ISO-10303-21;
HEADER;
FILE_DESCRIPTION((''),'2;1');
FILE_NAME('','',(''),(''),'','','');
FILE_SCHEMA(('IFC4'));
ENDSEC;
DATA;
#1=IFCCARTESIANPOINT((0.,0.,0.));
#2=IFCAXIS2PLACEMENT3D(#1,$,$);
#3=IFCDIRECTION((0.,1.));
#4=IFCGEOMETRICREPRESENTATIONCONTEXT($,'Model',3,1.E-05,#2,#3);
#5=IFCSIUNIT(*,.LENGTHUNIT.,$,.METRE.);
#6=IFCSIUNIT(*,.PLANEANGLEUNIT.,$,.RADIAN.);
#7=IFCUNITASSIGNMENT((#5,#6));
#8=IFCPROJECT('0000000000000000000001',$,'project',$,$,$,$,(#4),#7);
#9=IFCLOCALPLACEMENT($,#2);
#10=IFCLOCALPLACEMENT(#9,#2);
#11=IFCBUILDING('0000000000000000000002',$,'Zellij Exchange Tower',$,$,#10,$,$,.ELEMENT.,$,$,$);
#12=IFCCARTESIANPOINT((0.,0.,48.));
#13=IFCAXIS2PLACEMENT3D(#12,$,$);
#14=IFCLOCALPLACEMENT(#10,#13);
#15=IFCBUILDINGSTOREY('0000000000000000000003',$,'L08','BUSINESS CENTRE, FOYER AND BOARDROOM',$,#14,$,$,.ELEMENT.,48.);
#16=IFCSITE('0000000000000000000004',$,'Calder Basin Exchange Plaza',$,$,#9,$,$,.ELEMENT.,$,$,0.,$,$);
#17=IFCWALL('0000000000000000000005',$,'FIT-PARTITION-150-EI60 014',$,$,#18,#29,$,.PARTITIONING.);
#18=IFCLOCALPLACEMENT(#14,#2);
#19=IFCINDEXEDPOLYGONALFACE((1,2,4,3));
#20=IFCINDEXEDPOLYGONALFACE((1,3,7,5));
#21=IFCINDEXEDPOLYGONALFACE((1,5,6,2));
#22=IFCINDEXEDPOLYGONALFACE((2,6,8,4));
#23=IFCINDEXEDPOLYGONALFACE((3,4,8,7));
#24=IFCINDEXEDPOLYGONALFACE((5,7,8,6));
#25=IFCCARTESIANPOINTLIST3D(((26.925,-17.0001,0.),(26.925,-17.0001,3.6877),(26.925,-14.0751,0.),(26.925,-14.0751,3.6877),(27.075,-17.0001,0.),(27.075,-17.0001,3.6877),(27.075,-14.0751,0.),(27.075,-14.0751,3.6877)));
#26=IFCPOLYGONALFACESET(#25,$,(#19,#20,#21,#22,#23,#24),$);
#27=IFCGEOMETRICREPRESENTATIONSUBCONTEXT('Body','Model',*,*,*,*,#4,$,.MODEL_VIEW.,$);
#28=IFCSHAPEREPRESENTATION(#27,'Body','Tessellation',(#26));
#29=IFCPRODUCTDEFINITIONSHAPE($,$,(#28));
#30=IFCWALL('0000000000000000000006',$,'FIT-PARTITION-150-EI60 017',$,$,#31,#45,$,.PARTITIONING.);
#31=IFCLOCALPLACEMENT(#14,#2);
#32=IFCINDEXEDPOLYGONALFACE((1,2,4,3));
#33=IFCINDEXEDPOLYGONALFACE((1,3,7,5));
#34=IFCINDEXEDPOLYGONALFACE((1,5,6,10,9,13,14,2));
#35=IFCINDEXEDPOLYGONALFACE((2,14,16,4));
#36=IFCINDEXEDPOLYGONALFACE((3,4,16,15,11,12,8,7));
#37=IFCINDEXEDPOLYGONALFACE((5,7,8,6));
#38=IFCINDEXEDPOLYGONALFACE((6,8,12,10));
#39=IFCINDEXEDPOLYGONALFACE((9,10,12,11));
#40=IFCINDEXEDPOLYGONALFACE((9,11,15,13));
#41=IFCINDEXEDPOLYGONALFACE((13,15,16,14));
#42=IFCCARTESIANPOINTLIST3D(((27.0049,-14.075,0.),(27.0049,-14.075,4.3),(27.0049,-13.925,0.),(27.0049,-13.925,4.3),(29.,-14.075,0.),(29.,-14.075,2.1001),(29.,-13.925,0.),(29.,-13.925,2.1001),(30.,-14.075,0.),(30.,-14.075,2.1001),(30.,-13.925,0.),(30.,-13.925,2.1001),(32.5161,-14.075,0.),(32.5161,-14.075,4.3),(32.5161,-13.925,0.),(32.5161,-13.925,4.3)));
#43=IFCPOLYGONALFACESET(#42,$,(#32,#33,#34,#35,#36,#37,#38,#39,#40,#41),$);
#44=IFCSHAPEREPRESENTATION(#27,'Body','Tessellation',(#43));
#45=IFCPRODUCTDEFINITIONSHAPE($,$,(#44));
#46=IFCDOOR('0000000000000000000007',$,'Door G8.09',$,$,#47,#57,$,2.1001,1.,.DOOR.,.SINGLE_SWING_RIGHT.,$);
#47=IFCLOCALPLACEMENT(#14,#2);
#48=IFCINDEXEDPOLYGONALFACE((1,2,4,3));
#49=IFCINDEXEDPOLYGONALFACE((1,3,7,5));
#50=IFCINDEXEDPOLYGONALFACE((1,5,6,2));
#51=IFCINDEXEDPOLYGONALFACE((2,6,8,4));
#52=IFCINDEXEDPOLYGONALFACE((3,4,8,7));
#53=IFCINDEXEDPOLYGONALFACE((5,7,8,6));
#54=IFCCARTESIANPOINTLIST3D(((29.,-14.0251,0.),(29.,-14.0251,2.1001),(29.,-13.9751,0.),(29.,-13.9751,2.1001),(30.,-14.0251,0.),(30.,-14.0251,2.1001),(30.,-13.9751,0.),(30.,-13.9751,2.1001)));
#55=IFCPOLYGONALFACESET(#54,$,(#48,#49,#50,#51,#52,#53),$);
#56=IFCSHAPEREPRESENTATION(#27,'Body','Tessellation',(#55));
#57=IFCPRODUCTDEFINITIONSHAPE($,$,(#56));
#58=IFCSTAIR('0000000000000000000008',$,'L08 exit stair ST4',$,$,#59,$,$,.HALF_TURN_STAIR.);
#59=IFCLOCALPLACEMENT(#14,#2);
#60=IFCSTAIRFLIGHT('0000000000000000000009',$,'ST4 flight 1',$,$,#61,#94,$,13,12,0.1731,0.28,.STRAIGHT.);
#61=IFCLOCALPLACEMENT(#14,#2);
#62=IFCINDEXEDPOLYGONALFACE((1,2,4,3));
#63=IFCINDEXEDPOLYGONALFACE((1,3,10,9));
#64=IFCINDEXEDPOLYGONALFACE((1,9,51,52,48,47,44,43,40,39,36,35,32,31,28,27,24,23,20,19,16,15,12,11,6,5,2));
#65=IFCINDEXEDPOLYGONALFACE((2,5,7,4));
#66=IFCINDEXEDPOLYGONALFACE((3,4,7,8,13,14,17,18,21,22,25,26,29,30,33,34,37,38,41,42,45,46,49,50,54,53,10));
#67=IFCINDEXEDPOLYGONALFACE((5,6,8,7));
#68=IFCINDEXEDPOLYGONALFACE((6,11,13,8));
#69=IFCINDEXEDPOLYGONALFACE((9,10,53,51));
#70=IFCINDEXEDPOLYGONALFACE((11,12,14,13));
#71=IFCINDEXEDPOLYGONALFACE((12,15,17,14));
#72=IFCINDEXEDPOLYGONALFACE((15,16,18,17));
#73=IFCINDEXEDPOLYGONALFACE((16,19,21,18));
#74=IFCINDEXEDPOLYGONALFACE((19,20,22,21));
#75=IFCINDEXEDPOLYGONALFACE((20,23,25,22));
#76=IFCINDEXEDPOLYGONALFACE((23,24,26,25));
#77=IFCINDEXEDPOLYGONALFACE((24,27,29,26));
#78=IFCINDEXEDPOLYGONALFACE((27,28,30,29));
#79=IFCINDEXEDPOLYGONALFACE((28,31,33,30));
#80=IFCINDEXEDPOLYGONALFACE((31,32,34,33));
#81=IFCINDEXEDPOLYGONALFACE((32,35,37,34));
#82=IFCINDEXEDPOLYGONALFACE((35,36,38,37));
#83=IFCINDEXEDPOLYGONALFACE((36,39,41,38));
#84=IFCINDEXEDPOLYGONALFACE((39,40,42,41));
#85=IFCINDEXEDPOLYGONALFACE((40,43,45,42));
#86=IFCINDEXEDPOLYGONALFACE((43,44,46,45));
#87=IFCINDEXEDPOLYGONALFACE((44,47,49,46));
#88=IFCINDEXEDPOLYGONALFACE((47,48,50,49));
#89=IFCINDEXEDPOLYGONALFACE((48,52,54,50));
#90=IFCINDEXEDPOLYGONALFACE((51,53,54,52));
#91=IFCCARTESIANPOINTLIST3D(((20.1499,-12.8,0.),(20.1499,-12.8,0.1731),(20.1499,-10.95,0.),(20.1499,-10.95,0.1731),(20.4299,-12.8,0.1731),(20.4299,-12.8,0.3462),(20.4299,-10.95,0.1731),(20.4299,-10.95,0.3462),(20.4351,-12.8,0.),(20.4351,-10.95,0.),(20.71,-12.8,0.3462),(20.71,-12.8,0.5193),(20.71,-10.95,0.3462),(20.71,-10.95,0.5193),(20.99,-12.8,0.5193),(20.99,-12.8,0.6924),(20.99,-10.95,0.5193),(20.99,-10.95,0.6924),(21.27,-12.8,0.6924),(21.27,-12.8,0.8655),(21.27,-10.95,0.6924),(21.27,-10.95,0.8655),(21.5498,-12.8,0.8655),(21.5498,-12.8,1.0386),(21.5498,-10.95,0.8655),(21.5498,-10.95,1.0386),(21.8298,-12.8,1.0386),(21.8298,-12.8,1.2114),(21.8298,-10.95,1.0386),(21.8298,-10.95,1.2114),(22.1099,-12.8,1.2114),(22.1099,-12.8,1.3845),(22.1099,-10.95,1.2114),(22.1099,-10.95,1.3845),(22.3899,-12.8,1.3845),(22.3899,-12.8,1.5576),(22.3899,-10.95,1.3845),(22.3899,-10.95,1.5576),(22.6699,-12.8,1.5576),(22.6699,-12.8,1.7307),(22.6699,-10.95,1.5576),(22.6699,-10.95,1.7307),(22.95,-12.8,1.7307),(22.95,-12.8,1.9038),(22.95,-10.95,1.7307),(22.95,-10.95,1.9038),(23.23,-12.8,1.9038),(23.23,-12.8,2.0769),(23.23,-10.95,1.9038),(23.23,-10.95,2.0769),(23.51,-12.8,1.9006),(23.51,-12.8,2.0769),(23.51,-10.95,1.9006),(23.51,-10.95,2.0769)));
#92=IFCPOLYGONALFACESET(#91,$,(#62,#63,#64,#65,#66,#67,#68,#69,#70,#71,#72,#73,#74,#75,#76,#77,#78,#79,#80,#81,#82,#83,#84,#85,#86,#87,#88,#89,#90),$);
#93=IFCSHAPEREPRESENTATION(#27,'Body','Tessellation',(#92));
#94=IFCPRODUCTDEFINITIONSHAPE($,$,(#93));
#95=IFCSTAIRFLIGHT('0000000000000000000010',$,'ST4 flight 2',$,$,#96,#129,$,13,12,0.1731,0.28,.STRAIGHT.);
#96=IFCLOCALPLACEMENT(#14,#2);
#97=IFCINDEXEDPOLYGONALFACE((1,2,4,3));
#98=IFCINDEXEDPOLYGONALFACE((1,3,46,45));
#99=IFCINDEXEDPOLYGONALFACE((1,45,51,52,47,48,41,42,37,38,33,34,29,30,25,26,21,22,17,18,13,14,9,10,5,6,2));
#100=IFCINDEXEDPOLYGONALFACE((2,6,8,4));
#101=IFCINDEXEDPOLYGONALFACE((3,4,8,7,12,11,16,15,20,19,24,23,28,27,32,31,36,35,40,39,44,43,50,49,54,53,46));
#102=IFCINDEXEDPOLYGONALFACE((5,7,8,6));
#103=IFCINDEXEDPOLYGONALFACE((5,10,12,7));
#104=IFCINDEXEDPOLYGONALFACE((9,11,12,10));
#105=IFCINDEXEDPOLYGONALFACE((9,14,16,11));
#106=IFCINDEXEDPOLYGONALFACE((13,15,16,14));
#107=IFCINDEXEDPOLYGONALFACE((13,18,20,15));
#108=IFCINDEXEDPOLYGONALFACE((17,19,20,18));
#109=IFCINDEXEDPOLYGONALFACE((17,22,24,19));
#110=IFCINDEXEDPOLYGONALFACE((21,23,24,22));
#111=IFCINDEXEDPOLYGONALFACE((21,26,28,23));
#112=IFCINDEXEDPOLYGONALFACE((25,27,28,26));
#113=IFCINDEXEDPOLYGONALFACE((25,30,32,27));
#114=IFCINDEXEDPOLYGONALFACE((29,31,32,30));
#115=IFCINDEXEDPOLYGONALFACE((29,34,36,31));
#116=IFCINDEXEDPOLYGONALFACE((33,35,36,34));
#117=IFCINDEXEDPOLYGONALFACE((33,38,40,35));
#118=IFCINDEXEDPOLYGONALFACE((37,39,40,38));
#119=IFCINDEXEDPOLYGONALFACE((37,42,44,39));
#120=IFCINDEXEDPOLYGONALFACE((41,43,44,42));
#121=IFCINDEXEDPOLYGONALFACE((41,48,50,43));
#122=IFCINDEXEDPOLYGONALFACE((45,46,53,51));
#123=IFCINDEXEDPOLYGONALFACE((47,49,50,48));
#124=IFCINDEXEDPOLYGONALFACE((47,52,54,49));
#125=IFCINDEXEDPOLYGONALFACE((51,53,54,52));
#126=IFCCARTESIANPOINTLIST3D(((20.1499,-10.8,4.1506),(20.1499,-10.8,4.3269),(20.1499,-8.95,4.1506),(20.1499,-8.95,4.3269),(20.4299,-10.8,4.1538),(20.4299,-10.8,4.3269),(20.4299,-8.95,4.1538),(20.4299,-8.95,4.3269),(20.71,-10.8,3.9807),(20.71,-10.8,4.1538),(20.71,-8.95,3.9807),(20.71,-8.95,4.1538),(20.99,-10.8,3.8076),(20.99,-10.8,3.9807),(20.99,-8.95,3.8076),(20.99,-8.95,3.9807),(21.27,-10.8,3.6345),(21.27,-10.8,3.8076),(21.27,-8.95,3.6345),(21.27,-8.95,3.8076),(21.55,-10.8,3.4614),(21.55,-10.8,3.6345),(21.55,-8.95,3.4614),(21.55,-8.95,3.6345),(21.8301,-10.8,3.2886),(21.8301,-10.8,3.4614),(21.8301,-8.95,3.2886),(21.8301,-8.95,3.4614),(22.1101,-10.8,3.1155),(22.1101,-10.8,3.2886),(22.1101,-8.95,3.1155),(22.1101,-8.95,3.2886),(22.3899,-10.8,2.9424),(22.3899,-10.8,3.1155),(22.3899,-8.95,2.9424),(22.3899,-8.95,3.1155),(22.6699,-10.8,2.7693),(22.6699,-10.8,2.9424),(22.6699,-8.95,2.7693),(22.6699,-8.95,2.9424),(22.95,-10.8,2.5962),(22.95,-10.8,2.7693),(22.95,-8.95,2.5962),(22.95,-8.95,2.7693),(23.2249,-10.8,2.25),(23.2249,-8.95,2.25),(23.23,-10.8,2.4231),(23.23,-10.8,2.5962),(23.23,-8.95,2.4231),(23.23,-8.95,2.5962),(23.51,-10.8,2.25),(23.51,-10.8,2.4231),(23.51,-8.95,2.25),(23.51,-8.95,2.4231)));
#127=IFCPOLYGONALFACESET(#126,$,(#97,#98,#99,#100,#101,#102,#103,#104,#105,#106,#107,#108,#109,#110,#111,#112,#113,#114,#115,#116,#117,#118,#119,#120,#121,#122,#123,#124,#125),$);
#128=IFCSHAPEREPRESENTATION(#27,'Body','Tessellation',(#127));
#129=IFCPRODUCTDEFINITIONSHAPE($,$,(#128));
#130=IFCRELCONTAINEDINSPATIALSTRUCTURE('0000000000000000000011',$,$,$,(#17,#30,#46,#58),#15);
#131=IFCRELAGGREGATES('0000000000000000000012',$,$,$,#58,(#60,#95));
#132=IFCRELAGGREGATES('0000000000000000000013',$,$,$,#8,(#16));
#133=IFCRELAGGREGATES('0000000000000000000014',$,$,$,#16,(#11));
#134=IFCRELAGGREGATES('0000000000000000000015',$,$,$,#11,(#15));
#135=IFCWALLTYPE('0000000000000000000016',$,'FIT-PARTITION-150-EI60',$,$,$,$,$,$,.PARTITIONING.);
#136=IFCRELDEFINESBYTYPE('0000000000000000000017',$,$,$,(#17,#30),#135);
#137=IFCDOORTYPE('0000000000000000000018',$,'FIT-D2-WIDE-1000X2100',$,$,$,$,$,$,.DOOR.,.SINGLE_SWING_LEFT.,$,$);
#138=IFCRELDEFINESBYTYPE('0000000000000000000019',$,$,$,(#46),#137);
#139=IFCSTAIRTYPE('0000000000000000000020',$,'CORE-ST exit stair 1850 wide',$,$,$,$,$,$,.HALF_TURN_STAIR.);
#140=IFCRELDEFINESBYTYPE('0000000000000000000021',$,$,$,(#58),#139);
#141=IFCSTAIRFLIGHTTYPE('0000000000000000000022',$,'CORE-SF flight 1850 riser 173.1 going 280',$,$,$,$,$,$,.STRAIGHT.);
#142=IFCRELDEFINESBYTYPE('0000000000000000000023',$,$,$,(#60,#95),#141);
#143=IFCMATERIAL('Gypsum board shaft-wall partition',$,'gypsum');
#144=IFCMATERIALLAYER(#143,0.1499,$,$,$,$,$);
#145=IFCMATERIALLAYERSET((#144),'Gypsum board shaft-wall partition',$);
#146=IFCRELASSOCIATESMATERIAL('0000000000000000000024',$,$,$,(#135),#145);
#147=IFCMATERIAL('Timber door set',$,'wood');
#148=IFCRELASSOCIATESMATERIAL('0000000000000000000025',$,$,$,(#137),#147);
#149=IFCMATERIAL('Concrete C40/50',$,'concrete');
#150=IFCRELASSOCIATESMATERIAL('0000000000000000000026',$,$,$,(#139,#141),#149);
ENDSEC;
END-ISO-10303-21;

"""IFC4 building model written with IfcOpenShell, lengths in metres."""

from ifc_helpers import new_model, si_unit, direction, frame, frame_2d, origin, place, context, subcontext, project, spatial, polyline, rectangle, outline, extrude, material, layer, layer_set, type_object, element, fill, aggregate, save


model = new_model("IFC4")

# Units and contexts
model_context = context("Model", 3, precision=1e-05, world=origin(), true_north=direction((0.0, 1.0)))
body_context = subcontext(model_context, "Body", "Model", "MODEL_VIEW")
ifc_project = project(units=[si_unit("LENGTHUNIT", "METRE"), si_unit("PLANEANGLEUNIT", "RADIAN")], contexts=[model_context])

# Site, building, storey
site_placement = place(None, origin())
site = spatial("IfcSite", under=ifc_project, at=site_placement, Name="Calder Basin Exchange Plaza", CompositionType="ELEMENT", RefElevation=0.0)
building_placement = place(site_placement, origin())
building = spatial("IfcBuilding", under=site, at=building_placement, Name="Zellij Exchange Tower", CompositionType="ELEMENT")
storey_placement = place(building_placement, frame((0.0, 0.0, 48.0)))
storey = spatial("IfcBuildingStorey", under=building, at=storey_placement, Name="L08", Description="BUSINESS CENTRE, FOYER AND BOARDROOM", CompositionType="ELEMENT", Elevation=48.0)

# Wall
ifc_material_1 = material(Name="Gypsum board shaft-wall partition", Category="gypsum")
ifc_layer_1 = layer(ifc_material_1, 0.1499)
ifc_layer_set_1 = layer_set([ifc_layer_1], Name="Gypsum board shaft-wall partition")
wall_type_1 = type_object("IfcWallType", Name="FIT-PARTITION-150-EI60", PredefinedType="PARTITIONING", material=ifc_layer_set_1)
wall_1_placement = place(storey_placement, frame((27.0, -17.0, 0.0), z_axis=(0.0, 0.0, 1.0), x_axis=(0.0, 1.0, 0.0)))
element("IfcWall", 1, at=wall_1_placement, inside=storey, type_object=wall_type_1, Name="FIT-PARTITION-150-EI60 014", PredefinedType="PARTITIONING", context=body_context, shape_type="SweptSolid", body=[
    extrude(rectangle(XDim=2.925, YDim=0.1499, at=frame_2d((1.4624, 0.0))), origin(), (0.0, 0.0, 1.0), 3.6877),
])

# Wall, opening, door
wall_2_placement = place(storey_placement, frame((27.0049, -14.0, 0.0), z_axis=(0.0, 0.0, 1.0), x_axis=(1.0, 0.0, 0.0)))
wall_2 = element("IfcWall", 2, at=wall_2_placement, inside=storey, type_object=wall_type_1, Name="FIT-PARTITION-150-EI60 017", PredefinedType="PARTITIONING", context=body_context, shape_type="SweptSolid", body=[
    extrude(rectangle(XDim=5.5112, YDim=0.1499, at=frame_2d((2.7556, 0.0))), origin(), (0.0, 0.0, 1.0), 4.3),
])
opening_1_placement = place(wall_2_placement, frame((1.9951, 0.0, 0.0)))
opening_1 = element("IfcOpeningElement", 3, at=opening_1_placement, cuts=wall_2, PredefinedType="OPENING", context=body_context, shape_type="SweptSolid", body=[
    extrude(rectangle(XDim=1.0, YDim=2.1001, at=frame_2d((0.5, 1.05))), frame((0.0, 0.0869, 0.0), z_axis=(0.0, -1.0, 0.0), x_axis=(1.0, 0.0, 0.0)), (0.0, 0.0, 1.0), 0.1738),
])
ifc_material_2 = material(Name="Timber door set", Category="wood")
door_type_1 = type_object("IfcDoorType", Name="FIT-D2-WIDE-1000X2100", OperationType="SINGLE_SWING_LEFT", PredefinedType="DOOR", material=ifc_material_2)
door_1_placement = place(opening_1_placement, origin())
door_1 = element("IfcDoor", 4, at=door_1_placement, inside=storey, type_object=door_type_1, Name="Door G8.09", OperationType="SINGLE_SWING_RIGHT", OverallHeight=2.1001, OverallWidth=1.0, PredefinedType="DOOR", context=body_context, shape_type="SweptSolid", body=[
    extrude(rectangle(XDim=1.0, YDim=2.1001, at=frame_2d((0.5, 1.05))), frame((0.0, 0.0249, 0.0), z_axis=(0.0, -1.0, 0.0), x_axis=(1.0, 0.0, 0.0)), (0.0, 0.0, 1.0), 0.05),
])
fill(opening_1, door_1)

# Stair, stair flights
ifc_material_3 = material(Name="Concrete C40/50", Category="concrete")
stair_type = type_object("IfcStairType", Name="CORE-ST exit stair 1850 wide", PredefinedType="HALF_TURN_STAIR", material=ifc_material_3)
stair_placement = place(storey_placement, origin())
stair = element("IfcStair", 5, at=stair_placement, inside=storey, type_object=stair_type, Name="L08 exit stair ST4", PredefinedType="HALF_TURN_STAIR")
stair_flight_type = type_object("IfcStairFlightType", Name="CORE-SF flight 1850 riser 173.1 going 280", PredefinedType="STRAIGHT", material=ifc_material_3)
stair_flight_1_placement = place(storey_placement, frame((20.1499, -11.875, 0.0), z_axis=(0.0, 0.0, 1.0), x_axis=(1.0, 0.0, 0.0)))
stair_flight_1 = element("IfcStairFlight", 6, at=stair_flight_1_placement, type_object=stair_flight_type, Name="ST4 flight 1", NumberOfRisers=13, NumberOfTreads=12, PredefinedType="STRAIGHT", RiserHeight=0.1731, TreadLength=0.28, context=body_context, shape_type="SweptSolid", body=[
    extrude(outline(polyline([(0.0, 0.0), (0.0, 0.1731), (0.28, 0.1731), (0.28, 0.3462), (0.5601, 0.3462), (0.5601, 0.5193), (0.8401, 0.5193), (0.8401, 0.6924), (1.1201, 0.6924), (1.1201, 0.8655), (1.3999, 0.8655), (1.3999, 1.0386), (1.6799, 1.0386), (1.6799, 1.2114), (1.96, 1.2114), (1.96, 1.3845), (2.24, 1.3845), (2.24, 1.5576), (2.52, 1.5576), (2.52, 1.7307), (2.8, 1.7307), (2.8, 1.9038), (3.0801, 1.9038), (3.0801, 2.0769), (3.3601, 2.0769), (3.3601, 2.25), (3.3601, 1.9006), (0.2852, 0.0), (0.0, 0.0)])), frame((0.0, 0.925, 0.0), z_axis=(0.0, -1.0, 0.0), x_axis=(1.0, 0.0, 0.0)), (0.0, 0.0, 1.0), 1.8501),
])
stair_flight_2_placement = place(storey_placement, frame((23.51, -9.875, 2.25), z_axis=(0.0, 0.0, 1.0), x_axis=(-1.0, 0.0, 0.0)))
stair_flight_2 = element("IfcStairFlight", 7, at=stair_flight_2_placement, type_object=stair_flight_type, Name="ST4 flight 2", NumberOfRisers=13, NumberOfTreads=12, PredefinedType="STRAIGHT", RiserHeight=0.1731, TreadLength=0.28, context=body_context, shape_type="SweptSolid", body=[
    extrude(outline(polyline([(0.0, 0.0), (0.0, 0.1731), (0.28, 0.1731), (0.28, 0.3462), (0.5601, 0.3462), (0.5601, 0.5193), (0.8401, 0.5193), (0.8401, 0.6924), (1.1201, 0.6924), (1.1201, 0.8655), (1.3999, 0.8655), (1.3999, 1.0386), (1.6799, 1.0386), (1.6799, 1.2114), (1.96, 1.2114), (1.96, 1.3845), (2.24, 1.3845), (2.24, 1.5576), (2.52, 1.5576), (2.52, 1.7307), (2.8, 1.7307), (2.8, 1.9038), (3.0801, 1.9038), (3.0801, 2.0769), (3.3601, 2.0769), (3.3601, 2.25), (3.3601, 1.9006), (0.2852, 0.0), (0.0, 0.0)])), frame((0.0, 0.925, 0.0), z_axis=(0.0, -1.0, 0.0), x_axis=(1.0, 0.0, 0.0)), (0.0, 0.0, 1.0), 1.8501),
])
aggregate(stair, [stair_flight_1, stair_flight_2])

save(model, "model.ifc")
